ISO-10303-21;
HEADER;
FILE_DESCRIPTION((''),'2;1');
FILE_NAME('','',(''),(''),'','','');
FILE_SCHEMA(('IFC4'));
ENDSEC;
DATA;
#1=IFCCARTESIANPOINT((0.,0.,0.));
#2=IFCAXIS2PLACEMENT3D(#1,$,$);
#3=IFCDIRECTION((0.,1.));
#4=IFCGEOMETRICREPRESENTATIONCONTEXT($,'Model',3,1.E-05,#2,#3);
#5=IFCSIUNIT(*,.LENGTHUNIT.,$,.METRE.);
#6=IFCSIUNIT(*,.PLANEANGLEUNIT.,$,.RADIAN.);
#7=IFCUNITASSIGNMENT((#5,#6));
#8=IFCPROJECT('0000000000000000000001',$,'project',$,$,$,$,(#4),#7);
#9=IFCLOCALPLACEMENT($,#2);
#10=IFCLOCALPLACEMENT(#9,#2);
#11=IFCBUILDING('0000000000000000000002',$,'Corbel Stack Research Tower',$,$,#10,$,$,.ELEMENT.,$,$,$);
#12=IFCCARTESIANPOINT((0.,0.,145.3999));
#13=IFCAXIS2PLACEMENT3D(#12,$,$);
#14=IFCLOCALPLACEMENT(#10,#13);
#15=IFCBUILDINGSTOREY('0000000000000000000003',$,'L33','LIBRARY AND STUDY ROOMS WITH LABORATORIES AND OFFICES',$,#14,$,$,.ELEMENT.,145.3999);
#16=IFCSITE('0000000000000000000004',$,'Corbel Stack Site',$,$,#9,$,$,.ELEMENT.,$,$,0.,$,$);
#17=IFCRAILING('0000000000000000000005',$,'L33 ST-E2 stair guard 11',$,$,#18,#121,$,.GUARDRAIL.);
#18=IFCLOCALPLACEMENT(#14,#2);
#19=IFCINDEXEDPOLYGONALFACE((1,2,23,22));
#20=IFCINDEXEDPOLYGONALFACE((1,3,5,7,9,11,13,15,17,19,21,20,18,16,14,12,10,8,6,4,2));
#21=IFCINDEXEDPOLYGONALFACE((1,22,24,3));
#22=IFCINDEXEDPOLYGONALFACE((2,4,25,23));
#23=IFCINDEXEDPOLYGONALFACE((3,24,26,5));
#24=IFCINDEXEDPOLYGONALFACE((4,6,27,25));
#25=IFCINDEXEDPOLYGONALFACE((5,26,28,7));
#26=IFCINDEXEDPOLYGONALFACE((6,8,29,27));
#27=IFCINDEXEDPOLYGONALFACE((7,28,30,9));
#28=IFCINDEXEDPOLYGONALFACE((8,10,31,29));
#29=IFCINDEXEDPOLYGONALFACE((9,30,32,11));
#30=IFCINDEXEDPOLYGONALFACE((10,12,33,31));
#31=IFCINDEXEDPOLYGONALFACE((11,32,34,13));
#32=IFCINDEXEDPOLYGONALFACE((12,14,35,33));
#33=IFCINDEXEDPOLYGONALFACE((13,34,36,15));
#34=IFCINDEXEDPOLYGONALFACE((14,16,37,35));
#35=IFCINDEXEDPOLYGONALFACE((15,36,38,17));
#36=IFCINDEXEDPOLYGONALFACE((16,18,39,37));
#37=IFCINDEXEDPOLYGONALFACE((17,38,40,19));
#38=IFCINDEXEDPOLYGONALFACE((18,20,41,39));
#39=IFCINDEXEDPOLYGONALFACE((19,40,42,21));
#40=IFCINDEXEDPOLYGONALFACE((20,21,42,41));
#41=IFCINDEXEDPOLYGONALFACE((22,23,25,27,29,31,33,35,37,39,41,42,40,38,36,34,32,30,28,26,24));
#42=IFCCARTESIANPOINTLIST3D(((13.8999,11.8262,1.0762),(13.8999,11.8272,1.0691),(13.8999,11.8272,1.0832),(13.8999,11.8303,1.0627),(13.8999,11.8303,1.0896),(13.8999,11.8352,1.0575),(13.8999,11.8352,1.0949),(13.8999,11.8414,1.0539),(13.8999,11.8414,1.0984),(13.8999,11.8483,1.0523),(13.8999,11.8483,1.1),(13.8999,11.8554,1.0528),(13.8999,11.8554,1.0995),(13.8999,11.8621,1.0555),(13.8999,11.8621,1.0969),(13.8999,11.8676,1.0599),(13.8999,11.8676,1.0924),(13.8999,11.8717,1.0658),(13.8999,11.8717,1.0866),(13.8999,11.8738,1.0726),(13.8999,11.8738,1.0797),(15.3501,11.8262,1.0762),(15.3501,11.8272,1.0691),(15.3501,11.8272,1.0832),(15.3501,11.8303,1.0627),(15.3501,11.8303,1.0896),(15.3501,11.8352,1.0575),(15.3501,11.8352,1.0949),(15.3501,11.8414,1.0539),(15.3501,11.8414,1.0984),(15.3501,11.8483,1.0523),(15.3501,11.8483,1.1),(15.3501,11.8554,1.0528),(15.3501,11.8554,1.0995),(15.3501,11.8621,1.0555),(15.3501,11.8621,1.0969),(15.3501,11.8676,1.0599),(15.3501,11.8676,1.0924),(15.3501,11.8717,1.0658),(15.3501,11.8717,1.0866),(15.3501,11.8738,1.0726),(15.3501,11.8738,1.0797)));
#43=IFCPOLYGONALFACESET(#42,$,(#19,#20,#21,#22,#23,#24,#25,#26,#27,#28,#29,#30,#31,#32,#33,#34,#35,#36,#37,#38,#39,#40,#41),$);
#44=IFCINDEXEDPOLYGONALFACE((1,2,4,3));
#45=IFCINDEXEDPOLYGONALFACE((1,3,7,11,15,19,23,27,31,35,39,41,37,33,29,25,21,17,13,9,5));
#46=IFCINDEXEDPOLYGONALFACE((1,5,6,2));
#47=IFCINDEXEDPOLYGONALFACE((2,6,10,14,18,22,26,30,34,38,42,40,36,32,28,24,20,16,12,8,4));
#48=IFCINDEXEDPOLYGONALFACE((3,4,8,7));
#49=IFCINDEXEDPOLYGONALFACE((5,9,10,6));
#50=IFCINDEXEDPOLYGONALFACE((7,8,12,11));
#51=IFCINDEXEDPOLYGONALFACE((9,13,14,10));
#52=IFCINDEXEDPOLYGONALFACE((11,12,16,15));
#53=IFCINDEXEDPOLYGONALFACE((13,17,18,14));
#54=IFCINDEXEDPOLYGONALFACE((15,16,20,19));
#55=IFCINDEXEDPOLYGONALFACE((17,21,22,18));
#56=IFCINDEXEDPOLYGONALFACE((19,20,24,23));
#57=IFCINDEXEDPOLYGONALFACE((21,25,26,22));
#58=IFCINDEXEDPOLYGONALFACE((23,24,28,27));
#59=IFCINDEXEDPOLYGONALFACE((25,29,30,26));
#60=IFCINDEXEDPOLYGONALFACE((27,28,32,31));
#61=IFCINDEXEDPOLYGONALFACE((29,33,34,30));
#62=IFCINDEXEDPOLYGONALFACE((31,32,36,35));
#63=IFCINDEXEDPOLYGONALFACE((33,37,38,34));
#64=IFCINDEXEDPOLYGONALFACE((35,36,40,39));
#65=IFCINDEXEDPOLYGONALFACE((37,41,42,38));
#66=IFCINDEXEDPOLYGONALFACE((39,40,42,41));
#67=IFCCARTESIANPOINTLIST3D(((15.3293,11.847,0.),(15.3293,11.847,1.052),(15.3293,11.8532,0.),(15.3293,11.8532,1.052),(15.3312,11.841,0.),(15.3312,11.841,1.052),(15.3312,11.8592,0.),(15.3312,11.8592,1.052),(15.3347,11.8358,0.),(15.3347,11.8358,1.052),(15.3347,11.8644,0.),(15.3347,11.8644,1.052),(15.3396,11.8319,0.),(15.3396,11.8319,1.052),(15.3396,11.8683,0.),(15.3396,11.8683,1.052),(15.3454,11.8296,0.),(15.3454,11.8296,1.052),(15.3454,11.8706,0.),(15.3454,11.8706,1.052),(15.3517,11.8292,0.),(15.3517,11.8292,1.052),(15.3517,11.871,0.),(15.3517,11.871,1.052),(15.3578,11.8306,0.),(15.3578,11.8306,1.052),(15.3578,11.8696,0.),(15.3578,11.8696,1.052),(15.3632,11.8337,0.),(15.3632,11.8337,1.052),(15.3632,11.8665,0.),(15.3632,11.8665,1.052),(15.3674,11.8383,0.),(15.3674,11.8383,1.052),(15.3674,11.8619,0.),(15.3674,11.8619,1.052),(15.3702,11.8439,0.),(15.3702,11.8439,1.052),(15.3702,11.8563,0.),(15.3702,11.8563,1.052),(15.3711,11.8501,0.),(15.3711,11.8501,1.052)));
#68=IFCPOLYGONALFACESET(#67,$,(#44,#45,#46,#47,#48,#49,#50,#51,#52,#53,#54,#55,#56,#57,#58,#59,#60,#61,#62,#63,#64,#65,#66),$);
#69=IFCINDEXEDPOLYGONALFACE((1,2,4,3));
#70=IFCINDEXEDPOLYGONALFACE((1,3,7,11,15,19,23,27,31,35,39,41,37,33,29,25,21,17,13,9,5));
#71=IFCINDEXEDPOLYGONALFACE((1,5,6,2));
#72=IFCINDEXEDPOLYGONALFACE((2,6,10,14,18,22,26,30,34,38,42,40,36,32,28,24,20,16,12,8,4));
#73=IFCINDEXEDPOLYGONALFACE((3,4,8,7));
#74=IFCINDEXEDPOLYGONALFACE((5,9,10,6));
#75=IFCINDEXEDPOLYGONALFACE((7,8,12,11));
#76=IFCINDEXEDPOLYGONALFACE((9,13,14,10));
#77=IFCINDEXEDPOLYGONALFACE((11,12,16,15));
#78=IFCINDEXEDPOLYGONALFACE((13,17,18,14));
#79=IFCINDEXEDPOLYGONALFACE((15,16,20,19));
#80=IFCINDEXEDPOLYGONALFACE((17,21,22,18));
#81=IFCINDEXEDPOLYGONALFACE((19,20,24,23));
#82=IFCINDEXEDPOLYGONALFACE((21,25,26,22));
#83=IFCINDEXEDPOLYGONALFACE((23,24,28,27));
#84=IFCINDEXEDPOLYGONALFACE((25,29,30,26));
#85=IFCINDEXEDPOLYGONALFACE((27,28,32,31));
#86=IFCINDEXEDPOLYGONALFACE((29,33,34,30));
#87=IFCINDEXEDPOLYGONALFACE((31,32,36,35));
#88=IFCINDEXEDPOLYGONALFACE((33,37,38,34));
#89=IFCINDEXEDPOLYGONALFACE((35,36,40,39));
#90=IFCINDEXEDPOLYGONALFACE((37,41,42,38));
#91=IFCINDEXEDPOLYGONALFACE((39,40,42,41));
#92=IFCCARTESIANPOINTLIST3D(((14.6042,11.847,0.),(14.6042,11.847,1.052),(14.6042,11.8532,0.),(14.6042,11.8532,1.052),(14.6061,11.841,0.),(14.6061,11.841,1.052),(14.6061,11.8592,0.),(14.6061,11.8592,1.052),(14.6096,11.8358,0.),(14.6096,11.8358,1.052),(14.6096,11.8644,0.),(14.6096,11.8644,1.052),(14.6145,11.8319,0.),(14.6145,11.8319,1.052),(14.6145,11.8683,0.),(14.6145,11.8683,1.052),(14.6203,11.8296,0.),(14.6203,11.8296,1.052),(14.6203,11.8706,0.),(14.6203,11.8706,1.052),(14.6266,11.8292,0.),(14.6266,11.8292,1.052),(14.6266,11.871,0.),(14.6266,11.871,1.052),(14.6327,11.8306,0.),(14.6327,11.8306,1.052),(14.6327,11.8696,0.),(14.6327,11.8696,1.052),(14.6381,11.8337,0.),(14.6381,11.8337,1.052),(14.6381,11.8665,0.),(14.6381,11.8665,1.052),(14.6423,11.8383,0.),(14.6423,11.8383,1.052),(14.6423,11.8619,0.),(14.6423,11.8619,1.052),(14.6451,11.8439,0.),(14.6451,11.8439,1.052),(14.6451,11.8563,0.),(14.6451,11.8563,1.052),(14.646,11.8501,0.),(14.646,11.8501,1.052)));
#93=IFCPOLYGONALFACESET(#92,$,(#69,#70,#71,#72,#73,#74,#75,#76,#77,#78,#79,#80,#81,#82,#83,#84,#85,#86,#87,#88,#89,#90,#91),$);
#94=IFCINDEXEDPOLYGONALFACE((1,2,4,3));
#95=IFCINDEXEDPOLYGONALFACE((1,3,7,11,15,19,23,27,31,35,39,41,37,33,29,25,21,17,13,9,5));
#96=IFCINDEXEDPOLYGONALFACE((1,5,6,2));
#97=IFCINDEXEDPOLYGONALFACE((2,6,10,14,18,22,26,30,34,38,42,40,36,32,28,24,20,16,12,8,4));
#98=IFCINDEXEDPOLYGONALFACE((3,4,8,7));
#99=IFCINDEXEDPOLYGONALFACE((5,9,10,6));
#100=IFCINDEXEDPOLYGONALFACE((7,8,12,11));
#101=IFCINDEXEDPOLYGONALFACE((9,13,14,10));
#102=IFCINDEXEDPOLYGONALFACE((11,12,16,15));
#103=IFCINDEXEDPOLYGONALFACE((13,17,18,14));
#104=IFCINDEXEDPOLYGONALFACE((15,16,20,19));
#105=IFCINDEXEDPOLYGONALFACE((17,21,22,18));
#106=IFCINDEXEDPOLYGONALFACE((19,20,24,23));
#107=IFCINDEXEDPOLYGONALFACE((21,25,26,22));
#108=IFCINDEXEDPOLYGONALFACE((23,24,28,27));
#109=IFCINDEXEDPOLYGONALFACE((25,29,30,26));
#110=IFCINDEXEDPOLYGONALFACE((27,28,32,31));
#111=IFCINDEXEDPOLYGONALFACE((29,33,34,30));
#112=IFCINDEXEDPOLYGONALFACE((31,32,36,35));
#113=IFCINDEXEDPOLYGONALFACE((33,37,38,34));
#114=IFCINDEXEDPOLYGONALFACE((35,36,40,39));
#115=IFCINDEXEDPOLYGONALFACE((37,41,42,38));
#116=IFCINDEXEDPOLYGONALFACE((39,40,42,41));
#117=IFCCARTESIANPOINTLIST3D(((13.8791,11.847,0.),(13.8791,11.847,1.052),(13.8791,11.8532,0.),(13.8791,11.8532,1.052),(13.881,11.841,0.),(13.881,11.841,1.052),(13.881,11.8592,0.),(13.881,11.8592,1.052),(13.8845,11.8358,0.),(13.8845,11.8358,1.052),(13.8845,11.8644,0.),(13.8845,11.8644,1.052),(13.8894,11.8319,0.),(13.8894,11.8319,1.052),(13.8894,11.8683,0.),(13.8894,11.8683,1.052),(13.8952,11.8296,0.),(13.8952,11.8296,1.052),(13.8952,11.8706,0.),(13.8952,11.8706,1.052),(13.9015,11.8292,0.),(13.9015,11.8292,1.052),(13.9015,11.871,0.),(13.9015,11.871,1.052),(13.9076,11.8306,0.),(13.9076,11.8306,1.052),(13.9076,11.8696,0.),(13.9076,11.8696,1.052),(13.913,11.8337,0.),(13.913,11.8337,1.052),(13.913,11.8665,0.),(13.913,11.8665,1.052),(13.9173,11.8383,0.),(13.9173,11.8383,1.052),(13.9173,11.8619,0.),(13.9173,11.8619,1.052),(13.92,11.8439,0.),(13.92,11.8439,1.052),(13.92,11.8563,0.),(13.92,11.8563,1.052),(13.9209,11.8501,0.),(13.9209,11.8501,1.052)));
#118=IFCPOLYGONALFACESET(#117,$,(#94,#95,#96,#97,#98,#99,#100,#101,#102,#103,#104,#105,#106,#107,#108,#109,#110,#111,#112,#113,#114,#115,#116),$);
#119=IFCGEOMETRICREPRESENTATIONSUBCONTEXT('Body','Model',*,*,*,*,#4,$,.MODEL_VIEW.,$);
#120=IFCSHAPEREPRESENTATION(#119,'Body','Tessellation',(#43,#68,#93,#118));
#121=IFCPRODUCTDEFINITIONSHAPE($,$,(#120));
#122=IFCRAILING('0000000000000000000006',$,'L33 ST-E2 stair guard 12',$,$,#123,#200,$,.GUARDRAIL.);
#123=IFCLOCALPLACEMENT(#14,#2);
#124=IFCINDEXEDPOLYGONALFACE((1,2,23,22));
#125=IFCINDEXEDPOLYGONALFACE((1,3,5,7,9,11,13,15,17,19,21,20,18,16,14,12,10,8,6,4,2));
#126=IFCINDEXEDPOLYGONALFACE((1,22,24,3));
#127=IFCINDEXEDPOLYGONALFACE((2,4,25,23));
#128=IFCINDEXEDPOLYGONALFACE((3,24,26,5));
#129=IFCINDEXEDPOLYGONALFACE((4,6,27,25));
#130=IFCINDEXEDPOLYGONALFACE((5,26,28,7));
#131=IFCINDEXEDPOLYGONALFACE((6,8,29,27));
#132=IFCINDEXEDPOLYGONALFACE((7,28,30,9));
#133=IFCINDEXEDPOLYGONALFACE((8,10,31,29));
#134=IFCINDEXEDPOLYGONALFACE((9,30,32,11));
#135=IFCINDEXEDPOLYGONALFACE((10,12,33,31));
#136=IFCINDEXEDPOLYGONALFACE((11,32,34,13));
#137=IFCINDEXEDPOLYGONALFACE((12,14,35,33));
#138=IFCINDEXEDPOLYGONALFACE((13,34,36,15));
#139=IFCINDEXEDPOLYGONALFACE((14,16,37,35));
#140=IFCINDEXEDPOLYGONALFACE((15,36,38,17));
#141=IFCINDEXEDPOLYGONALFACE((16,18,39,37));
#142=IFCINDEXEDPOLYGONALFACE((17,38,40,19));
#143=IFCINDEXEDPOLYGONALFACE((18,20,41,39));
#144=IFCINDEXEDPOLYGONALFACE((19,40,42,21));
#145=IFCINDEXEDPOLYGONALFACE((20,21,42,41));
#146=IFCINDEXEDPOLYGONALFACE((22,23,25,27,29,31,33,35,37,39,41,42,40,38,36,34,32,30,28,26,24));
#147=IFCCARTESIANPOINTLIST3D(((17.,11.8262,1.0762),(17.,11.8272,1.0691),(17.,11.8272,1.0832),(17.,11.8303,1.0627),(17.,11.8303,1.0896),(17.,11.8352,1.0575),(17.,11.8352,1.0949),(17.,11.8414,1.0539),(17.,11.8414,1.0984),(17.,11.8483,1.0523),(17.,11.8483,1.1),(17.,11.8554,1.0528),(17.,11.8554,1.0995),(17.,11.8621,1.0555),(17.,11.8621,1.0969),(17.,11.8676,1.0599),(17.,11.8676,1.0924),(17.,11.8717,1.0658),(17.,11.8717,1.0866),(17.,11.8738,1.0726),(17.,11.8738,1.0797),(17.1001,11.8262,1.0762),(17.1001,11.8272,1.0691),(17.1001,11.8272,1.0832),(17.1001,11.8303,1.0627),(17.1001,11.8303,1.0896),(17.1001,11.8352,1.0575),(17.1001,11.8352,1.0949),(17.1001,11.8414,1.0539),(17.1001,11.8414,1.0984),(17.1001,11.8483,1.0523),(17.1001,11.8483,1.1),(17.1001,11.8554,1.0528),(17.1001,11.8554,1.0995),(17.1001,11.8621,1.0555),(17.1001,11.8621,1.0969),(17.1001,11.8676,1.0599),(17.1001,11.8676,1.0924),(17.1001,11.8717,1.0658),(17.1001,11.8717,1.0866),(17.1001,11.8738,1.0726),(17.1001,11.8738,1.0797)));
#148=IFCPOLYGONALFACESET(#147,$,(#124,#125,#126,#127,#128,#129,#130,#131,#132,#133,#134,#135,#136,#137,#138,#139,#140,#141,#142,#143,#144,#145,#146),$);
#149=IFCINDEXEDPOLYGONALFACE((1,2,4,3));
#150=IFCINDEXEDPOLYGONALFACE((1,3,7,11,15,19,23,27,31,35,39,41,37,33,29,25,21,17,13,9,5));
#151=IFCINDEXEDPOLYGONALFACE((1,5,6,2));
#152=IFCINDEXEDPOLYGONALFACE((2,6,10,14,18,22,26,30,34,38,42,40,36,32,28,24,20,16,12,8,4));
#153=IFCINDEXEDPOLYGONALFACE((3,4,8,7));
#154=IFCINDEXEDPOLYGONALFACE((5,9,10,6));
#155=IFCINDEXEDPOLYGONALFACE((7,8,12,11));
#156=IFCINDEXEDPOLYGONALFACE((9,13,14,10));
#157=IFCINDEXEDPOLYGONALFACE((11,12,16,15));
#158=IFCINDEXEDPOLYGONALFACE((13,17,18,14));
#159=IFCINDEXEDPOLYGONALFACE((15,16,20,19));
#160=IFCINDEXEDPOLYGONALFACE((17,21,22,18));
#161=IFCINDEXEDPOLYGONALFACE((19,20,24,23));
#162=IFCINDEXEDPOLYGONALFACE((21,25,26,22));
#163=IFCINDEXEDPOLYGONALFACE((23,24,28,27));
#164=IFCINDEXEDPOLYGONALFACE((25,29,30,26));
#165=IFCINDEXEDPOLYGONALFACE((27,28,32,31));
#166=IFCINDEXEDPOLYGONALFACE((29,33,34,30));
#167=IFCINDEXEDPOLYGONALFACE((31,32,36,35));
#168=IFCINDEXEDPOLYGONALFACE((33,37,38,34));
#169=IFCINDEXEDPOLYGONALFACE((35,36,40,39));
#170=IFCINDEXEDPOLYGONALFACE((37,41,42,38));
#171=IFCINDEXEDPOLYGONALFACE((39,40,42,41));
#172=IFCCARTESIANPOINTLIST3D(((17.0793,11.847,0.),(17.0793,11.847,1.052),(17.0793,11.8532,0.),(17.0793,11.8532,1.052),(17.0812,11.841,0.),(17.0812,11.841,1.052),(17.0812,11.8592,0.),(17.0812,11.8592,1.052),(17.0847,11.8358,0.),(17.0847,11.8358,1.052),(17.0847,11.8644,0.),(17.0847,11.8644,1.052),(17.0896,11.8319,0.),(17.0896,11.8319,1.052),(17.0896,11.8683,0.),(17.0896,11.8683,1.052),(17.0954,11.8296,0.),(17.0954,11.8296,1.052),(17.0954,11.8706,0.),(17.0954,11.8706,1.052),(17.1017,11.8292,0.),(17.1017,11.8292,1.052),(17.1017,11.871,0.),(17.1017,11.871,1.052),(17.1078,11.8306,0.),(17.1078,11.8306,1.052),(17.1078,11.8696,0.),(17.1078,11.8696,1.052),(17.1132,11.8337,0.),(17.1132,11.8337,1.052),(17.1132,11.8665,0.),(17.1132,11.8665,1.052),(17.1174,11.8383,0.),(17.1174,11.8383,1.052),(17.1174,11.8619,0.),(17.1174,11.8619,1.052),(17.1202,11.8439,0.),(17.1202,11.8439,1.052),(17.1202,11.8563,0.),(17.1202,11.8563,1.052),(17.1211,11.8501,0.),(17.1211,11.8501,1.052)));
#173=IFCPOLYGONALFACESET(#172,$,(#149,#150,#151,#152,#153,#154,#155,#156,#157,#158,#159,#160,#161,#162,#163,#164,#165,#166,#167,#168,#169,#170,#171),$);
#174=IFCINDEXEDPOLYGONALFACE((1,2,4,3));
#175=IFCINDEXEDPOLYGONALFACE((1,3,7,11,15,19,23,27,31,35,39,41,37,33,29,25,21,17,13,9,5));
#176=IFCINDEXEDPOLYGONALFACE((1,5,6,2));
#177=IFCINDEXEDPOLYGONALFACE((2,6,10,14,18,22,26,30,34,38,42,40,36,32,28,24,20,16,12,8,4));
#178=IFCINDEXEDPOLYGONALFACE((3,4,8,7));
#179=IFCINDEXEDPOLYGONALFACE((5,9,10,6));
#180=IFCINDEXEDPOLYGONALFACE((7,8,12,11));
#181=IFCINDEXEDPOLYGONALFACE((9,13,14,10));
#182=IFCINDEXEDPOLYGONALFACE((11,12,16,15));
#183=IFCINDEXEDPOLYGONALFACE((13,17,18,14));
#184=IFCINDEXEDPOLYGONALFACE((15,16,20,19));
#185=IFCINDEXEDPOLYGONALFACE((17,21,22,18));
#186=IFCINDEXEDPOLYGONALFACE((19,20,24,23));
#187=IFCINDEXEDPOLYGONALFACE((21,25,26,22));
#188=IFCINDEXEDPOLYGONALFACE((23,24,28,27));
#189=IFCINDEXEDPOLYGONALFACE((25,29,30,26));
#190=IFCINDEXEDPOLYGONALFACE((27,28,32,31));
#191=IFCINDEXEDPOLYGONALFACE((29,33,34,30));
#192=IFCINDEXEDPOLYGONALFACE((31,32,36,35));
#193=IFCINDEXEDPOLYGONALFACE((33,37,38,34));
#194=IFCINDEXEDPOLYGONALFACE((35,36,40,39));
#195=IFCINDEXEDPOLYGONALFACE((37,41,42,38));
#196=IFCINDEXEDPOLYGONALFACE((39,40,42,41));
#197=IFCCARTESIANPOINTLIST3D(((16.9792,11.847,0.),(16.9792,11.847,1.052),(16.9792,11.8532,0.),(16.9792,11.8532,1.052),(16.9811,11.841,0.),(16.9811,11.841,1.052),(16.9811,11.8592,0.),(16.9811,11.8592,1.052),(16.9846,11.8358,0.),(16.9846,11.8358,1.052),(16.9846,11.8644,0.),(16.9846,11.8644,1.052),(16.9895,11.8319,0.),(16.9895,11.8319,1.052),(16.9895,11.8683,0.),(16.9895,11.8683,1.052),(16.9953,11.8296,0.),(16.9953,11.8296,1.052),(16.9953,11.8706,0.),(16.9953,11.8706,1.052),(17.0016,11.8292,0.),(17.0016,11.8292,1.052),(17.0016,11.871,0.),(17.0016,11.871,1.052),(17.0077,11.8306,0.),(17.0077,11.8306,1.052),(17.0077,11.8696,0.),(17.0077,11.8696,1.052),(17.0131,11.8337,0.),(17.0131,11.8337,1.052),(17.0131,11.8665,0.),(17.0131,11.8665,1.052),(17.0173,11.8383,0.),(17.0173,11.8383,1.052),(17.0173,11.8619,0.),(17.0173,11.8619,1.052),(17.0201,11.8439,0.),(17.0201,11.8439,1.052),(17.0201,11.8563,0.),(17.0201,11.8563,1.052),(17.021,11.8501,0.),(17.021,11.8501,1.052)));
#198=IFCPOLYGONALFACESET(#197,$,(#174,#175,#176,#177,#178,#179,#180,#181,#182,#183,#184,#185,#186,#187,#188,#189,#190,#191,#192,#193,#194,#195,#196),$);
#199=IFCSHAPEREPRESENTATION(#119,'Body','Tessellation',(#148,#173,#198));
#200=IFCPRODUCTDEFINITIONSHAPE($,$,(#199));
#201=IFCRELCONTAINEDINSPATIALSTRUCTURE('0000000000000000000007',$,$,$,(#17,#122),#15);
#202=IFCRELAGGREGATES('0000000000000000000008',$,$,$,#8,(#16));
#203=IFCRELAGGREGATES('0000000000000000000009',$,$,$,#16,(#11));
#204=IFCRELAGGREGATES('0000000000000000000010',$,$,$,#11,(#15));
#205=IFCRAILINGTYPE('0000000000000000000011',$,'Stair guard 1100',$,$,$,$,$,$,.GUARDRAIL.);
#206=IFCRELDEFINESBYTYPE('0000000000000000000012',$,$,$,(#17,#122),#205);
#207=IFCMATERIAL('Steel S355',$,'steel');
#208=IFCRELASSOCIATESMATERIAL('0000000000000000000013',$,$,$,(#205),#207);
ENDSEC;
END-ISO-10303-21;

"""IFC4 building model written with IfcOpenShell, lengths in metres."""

from ifc_helpers import new_model, si_unit, direction, frame, origin, origin_2d, place, context, subcontext, project, spatial, circle, extrude, material, type_object, element, save


model = new_model("IFC4")

# Units and contexts
model_context = context("Model", 3, precision=1e-05, world=origin(), true_north=direction((0.0, 1.0)))
body_context = subcontext(model_context, "Body", "Model", "MODEL_VIEW")
ifc_project = project(units=[si_unit("LENGTHUNIT", "METRE"), si_unit("PLANEANGLEUNIT", "RADIAN")], contexts=[model_context])

# Site, building, storey
site_placement = place(None, origin())
site = spatial("IfcSite", under=ifc_project, at=site_placement, Name="Corbel Stack Site", CompositionType="ELEMENT", RefElevation=0.0)
building_placement = place(site_placement, origin())
building = spatial("IfcBuilding", under=site, at=building_placement, Name="Corbel Stack Research Tower", CompositionType="ELEMENT")
storey_placement = place(building_placement, frame((0.0, 0.0, 145.3999)))
storey = spatial("IfcBuildingStorey", under=building, at=storey_placement, Name="L33", Description="LIBRARY AND STUDY ROOMS WITH LABORATORIES AND OFFICES", CompositionType="ELEMENT", Elevation=145.3999)

# Railings
ifc_material_1 = material(Name="Steel S355", Category="steel")
railing_type_1 = type_object("IfcRailingType", Name="Stair guard 1100", PredefinedType="GUARDRAIL", material=ifc_material_1)
railing_1_placement = place(storey_placement, frame((15.3501, 11.8501, 0.0)))
element("IfcRailing", 1, at=railing_1_placement, inside=storey, type_object=railing_type_1, Name="L33 ST-E2 stair guard 11", PredefinedType="GUARDRAIL", context=body_context, shape_type="SweptSolid", body=[
    extrude(circle(Radius=0.0239, at=origin_2d()), frame((0.0, 0.0, 1.0762), z_axis=(-1.0, 0.0, 0.0), x_axis=(0.0, -1.0, 0.0)), (0.0, 0.0, 1.0), 1.4502),
    extrude(circle(Radius=0.021, at=origin_2d()), origin(), (0.0, 0.0, 1.0), 1.052),
    extrude(circle(Radius=0.021, at=origin_2d()), frame((-0.7251, 0.0, 0.0)), (0.0, 0.0, 1.0), 1.052),
    extrude(circle(Radius=0.021, at=origin_2d()), frame((-1.4502, 0.0, 0.0)), (0.0, 0.0, 1.0), 1.052),
])
railing_2_placement = place(storey_placement, frame((17.1001, 11.8501, 0.0)))
element("IfcRailing", 2, at=railing_2_placement, inside=storey, type_object=railing_type_1, Name="L33 ST-E2 stair guard 12", PredefinedType="GUARDRAIL", context=body_context, shape_type="SweptSolid", body=[
    extrude(circle(Radius=0.0239, at=origin_2d()), frame((0.0, 0.0, 1.0762), z_axis=(-1.0, 0.0, 0.0), x_axis=(0.0, -1.0, 0.0)), (0.0, 0.0, 1.0), 0.1001),
    extrude(circle(Radius=0.021, at=origin_2d()), origin(), (0.0, 0.0, 1.0), 1.052),
    extrude(circle(Radius=0.021, at=origin_2d()), frame((-0.1001, 0.0, 0.0)), (0.0, 0.0, 1.0), 1.052),
])

save(model, "model.ifc")
